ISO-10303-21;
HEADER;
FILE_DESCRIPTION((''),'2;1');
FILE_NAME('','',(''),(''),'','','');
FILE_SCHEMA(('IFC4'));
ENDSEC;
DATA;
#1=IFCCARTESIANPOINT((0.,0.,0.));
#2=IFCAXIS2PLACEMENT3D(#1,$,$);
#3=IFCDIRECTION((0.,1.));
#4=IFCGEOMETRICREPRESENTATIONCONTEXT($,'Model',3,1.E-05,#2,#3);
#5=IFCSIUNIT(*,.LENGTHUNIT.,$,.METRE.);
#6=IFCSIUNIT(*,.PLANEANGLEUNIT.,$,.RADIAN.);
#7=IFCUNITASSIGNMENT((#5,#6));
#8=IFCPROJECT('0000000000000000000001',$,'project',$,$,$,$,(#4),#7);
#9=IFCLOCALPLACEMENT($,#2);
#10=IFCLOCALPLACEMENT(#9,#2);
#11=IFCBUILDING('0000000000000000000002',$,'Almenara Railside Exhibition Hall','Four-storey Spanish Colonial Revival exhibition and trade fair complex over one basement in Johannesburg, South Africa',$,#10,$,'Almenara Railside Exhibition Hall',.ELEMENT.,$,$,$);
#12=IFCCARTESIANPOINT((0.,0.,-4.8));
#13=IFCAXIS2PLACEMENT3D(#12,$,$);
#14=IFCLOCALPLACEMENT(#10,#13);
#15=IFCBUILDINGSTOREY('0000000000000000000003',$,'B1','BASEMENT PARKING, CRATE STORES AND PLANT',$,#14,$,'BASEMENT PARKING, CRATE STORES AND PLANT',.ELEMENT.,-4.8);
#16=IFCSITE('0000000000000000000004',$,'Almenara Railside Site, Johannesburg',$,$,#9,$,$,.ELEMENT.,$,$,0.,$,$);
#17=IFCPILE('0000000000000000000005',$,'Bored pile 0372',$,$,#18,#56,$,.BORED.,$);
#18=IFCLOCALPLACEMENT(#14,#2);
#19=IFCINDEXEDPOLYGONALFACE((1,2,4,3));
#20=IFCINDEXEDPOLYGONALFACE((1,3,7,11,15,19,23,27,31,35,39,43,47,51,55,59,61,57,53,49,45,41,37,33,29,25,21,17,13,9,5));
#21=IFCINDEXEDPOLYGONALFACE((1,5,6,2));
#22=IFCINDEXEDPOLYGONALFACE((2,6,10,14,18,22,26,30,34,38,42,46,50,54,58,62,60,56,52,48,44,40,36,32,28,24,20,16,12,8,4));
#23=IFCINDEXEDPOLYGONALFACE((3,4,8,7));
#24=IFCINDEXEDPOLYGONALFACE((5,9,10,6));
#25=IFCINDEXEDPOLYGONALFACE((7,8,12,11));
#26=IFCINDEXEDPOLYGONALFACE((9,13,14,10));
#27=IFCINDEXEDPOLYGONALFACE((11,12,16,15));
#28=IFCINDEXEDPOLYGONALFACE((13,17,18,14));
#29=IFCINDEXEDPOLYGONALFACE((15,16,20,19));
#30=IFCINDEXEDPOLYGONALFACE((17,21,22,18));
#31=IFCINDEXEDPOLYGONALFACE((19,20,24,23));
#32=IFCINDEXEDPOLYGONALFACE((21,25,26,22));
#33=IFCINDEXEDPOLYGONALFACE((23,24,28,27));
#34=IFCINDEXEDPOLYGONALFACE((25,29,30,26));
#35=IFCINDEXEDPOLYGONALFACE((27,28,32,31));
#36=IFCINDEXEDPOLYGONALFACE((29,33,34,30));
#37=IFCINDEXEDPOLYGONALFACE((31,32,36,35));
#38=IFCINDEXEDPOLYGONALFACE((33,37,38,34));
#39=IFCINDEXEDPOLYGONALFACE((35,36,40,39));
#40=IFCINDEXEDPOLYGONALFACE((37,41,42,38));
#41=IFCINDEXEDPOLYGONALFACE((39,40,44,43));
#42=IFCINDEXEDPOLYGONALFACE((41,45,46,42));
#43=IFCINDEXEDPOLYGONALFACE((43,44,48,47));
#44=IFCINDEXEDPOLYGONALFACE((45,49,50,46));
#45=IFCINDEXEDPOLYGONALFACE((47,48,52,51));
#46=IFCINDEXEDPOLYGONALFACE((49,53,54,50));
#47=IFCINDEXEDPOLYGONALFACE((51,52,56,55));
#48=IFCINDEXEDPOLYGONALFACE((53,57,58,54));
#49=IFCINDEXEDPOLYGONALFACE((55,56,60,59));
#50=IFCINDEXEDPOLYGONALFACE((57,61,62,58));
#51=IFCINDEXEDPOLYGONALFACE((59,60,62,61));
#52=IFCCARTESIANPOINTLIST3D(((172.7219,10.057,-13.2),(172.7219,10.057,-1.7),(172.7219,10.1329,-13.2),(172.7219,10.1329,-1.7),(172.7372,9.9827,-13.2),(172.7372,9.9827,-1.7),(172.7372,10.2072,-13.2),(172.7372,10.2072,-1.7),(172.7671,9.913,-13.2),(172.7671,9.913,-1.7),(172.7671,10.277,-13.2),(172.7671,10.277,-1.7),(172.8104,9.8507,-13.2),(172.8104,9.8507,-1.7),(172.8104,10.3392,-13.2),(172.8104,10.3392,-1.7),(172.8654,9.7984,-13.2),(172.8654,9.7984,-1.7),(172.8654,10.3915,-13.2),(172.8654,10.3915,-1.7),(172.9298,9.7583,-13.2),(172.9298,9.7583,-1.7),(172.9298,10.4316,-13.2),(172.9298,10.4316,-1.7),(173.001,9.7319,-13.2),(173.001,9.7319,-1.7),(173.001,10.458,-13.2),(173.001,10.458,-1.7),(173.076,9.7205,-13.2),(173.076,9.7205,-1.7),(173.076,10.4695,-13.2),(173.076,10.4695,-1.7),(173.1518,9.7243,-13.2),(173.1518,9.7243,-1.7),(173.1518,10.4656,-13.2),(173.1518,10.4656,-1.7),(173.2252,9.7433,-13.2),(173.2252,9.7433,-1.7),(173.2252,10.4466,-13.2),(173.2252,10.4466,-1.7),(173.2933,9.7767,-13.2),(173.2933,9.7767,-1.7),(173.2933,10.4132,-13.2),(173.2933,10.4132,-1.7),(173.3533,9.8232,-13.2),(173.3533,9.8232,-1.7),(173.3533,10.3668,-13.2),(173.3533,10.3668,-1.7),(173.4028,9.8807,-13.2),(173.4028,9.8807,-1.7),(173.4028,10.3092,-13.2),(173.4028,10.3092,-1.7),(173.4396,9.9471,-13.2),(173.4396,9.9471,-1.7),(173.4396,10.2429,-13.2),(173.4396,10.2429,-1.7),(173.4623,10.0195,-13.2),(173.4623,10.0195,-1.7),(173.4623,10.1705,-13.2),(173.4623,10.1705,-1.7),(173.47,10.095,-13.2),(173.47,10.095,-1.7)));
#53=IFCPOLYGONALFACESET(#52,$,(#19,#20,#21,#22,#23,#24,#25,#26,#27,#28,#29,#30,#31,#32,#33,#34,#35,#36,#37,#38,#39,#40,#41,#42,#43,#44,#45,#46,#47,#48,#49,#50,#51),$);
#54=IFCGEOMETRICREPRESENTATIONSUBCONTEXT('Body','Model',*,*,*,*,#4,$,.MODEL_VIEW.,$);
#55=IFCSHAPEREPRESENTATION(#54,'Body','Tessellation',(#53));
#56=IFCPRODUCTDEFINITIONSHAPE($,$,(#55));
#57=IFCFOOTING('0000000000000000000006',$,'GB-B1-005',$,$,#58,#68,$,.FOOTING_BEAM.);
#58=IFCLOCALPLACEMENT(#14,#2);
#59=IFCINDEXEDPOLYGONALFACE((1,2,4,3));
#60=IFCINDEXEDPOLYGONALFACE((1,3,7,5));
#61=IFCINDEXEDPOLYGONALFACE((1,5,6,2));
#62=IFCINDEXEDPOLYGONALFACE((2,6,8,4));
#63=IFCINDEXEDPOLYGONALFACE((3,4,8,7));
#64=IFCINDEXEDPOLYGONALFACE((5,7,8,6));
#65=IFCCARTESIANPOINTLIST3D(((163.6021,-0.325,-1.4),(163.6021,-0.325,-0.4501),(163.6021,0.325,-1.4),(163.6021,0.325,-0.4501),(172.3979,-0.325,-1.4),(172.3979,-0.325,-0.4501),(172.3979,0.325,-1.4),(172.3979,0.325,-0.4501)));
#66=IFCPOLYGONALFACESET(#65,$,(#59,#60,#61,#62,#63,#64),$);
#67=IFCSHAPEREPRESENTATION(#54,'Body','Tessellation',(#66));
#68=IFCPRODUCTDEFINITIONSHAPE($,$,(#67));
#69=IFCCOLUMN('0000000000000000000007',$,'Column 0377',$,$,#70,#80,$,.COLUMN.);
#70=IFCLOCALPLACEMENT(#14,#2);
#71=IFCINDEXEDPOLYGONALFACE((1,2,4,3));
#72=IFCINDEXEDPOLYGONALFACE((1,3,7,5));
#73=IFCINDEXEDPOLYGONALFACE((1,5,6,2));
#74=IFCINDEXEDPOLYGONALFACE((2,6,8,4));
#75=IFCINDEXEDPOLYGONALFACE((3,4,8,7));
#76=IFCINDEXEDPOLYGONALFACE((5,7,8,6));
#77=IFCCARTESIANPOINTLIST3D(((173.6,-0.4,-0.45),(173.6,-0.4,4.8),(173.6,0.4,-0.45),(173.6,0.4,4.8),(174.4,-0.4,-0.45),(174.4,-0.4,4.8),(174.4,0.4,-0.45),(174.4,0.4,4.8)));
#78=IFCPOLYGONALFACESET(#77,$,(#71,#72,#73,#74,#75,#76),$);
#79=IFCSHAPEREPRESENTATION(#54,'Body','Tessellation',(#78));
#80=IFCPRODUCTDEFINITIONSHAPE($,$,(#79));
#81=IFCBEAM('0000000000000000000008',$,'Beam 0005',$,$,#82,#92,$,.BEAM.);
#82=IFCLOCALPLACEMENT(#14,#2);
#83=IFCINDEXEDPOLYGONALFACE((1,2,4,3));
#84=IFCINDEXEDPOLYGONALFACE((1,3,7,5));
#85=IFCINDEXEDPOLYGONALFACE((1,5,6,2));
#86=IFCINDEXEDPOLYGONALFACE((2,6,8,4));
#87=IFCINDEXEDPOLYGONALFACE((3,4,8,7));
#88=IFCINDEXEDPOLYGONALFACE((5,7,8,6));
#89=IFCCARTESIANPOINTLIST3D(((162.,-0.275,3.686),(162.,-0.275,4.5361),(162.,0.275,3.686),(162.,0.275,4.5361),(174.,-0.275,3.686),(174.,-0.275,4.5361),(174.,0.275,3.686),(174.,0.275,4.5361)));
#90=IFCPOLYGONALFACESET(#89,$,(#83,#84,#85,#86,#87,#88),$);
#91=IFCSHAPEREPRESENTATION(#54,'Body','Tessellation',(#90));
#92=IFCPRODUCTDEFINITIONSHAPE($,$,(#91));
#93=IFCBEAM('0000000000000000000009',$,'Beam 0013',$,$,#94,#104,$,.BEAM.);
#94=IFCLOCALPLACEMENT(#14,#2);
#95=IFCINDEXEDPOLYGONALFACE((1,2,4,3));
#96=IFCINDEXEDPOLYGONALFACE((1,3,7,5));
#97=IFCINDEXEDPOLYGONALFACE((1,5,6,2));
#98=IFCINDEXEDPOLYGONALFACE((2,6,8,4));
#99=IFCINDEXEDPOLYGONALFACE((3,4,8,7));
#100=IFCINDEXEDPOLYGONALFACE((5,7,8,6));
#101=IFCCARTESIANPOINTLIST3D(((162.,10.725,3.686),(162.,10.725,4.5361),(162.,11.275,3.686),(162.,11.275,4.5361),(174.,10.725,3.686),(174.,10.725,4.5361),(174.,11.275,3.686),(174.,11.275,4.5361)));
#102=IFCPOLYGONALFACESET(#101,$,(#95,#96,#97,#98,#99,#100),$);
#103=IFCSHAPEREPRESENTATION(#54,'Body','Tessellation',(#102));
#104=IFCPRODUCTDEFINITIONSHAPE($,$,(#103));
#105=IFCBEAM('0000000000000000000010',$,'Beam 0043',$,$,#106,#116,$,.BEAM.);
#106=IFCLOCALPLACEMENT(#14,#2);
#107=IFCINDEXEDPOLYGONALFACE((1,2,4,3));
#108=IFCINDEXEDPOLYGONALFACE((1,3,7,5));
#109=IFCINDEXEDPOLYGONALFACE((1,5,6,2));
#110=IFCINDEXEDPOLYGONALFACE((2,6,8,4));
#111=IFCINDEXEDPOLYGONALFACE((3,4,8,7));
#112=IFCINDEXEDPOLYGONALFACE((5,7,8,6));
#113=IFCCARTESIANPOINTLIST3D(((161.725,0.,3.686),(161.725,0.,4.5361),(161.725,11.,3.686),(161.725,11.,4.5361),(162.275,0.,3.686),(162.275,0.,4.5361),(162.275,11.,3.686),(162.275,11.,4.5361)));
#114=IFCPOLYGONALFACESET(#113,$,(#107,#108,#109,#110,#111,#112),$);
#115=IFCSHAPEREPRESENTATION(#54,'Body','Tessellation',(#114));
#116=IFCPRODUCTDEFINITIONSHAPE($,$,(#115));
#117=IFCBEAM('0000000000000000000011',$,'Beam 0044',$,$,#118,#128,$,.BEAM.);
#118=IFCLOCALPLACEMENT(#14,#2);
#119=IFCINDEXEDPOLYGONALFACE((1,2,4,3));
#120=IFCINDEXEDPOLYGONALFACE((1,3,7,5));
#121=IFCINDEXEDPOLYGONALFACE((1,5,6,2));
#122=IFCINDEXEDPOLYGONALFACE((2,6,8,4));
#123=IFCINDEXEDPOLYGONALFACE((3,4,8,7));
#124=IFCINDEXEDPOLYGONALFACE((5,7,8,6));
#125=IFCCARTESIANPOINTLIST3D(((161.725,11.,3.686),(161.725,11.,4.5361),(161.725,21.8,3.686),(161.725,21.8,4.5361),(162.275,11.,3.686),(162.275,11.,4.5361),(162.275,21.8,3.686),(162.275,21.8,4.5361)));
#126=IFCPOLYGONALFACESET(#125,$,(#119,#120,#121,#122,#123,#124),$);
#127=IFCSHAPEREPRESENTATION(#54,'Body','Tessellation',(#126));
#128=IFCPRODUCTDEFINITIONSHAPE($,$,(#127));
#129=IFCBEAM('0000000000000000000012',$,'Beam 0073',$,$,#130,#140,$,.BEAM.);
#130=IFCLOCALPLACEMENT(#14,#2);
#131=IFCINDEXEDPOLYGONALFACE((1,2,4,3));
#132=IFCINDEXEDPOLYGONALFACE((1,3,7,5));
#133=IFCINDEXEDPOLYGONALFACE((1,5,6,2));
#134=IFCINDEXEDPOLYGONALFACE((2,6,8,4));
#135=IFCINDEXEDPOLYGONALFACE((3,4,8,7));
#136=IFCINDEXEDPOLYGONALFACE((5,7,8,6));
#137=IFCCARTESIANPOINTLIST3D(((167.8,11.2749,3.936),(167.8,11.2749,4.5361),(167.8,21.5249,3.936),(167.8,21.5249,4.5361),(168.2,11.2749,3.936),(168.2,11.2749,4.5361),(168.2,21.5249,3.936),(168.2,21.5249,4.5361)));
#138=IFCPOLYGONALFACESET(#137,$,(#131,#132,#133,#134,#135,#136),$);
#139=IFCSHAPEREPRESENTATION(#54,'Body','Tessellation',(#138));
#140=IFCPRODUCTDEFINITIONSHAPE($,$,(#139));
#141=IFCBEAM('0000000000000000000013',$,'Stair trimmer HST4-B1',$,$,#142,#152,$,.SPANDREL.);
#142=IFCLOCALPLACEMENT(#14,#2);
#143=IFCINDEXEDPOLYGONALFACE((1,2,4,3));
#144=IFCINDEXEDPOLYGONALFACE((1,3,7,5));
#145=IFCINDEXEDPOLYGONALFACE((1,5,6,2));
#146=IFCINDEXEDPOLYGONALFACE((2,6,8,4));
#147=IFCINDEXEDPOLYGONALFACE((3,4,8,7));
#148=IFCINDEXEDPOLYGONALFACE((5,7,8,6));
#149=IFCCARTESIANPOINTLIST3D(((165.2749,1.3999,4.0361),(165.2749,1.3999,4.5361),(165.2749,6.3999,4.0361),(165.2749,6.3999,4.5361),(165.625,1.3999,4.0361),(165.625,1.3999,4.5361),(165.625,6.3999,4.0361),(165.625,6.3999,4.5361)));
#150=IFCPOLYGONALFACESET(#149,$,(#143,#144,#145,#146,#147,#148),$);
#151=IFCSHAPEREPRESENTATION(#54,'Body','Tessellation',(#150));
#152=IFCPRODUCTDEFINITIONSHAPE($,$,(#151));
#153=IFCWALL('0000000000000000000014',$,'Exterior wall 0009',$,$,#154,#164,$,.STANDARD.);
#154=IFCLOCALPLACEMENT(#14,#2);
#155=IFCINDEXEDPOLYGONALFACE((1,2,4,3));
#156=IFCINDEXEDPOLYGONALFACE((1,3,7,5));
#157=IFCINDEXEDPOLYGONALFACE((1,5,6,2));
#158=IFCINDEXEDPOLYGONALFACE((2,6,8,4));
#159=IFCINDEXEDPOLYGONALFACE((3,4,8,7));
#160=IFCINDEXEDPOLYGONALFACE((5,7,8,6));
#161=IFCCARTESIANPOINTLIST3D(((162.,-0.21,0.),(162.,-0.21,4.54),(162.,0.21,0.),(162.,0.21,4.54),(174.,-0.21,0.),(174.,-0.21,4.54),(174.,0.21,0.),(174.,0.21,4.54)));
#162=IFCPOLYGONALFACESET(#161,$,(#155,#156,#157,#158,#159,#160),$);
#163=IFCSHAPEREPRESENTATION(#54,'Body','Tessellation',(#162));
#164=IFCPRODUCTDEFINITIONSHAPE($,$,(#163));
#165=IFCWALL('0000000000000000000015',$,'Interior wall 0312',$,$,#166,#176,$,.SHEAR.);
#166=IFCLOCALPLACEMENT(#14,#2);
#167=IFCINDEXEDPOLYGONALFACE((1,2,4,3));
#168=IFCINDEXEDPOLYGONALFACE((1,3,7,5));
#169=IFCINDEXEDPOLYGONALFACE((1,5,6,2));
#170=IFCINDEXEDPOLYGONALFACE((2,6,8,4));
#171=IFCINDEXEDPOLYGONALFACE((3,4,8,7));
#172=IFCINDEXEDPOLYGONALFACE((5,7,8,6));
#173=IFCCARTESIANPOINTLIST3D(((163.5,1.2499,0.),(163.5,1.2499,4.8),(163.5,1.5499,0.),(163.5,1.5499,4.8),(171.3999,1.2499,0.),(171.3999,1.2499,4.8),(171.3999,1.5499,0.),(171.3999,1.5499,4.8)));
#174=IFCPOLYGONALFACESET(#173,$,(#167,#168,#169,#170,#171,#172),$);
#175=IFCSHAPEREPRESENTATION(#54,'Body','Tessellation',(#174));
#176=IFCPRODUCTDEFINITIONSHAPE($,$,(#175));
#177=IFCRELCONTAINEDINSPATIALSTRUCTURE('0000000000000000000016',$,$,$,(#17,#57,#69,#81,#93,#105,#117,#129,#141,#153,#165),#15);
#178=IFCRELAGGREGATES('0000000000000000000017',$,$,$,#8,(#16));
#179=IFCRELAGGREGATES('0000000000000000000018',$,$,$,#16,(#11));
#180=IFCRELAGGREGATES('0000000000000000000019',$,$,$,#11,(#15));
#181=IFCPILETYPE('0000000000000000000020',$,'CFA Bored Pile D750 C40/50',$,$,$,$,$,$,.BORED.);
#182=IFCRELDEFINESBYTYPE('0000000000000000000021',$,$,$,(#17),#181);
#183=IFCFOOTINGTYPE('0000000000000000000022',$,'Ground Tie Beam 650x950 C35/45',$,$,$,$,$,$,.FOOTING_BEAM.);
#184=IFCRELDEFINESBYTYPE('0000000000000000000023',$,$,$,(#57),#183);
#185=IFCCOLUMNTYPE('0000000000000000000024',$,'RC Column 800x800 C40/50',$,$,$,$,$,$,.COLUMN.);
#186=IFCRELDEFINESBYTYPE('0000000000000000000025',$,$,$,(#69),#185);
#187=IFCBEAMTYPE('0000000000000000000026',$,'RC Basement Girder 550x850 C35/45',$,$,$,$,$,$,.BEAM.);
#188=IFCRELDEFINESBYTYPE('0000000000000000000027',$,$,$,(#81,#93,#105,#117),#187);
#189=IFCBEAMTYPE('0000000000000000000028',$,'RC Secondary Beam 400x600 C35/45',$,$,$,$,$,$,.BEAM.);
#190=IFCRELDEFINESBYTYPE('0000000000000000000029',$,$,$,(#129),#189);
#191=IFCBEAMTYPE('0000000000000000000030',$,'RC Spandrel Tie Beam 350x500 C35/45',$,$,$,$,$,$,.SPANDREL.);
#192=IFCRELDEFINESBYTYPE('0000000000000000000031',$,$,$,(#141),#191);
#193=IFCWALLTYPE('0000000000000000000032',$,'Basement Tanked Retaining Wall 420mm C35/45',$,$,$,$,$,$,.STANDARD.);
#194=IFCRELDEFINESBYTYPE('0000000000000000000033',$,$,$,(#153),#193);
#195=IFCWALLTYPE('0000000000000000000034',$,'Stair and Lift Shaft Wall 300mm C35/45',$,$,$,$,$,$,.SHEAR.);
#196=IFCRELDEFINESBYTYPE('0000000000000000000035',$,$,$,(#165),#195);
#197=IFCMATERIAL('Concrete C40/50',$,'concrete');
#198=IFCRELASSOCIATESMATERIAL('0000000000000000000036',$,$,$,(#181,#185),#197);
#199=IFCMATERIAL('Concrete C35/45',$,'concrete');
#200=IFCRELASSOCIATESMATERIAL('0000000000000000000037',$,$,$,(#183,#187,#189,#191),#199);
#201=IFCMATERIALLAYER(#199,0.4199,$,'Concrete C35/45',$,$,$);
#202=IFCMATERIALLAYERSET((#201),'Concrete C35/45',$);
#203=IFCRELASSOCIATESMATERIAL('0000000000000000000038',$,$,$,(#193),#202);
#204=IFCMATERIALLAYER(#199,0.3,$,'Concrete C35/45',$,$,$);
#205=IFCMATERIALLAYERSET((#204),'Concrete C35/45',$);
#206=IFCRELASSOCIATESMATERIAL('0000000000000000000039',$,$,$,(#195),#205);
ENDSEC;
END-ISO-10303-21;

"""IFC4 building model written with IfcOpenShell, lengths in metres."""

from ifc_helpers import new_model, si_unit, direction, frame, frame_2d, origin, origin_2d, place, context, subcontext, project, spatial, rectangle, circle, extrude, material, layer, layer_set, material_profile, profile_set, type_object, element, save


model = new_model("IFC4")

# Units and contexts
model_context = context("Model", 3, precision=1e-05, world=origin(), true_north=direction((0.0, 1.0)))
body_context = subcontext(model_context, "Body", "Model", "MODEL_VIEW")
ifc_project = project(units=[si_unit("LENGTHUNIT", "METRE"), si_unit("PLANEANGLEUNIT", "RADIAN")], contexts=[model_context])

# Site, building, storey
site_placement = place(None, origin())
site = spatial("IfcSite", under=ifc_project, at=site_placement, Name="Almenara Railside Site, Johannesburg", CompositionType="ELEMENT", RefElevation=0.0)
building_placement = place(site_placement, origin())
building = spatial("IfcBuilding", under=site, at=building_placement, Name="Almenara Railside Exhibition Hall", Description="Four-storey Spanish Colonial Revival exhibition and trade fair complex over one basement in Johannesburg, South Africa", LongName="Almenara Railside Exhibition Hall", CompositionType="ELEMENT")
storey_placement = place(building_placement, frame((0.0, 0.0, -4.8)))
storey = spatial("IfcBuildingStorey", under=building, at=storey_placement, Name="B1", Description="BASEMENT PARKING, CRATE STORES AND PLANT", LongName="BASEMENT PARKING, CRATE STORES AND PLANT", CompositionType="ELEMENT", Elevation=-4.8)

# Pile
ifc_material_1 = material(Name="Concrete C40/50", Category="concrete")
ifc_material_profile_1 = material_profile(ifc_material_1, circle(Radius=0.375, at=origin_2d()), Name="CFA-PILE D750")
ifc_profile_set_1 = profile_set([ifc_material_profile_1], Name="Concrete C40/50")
pile_type = type_object("IfcPileType", Name="CFA Bored Pile D750 C40/50", PredefinedType="BORED", material=ifc_profile_set_1)
for number, where, z_axis, x_axis, name in (
    (1, (173.095, 10.095, -1.7), (0.0, 0.0, -1.0), (1.0, 0.0, 0.0), "Bored pile 0372"),
):
    element("IfcPile", number, at=place(storey_placement, frame(where, z_axis=z_axis, x_axis=x_axis)), inside=storey, type_object=pile_type, Name=name, PredefinedType="BORED", context=body_context, shape_type="SweptSolid", body=[
        extrude(circle(Radius=0.375, at=origin_2d()), origin(), (0.0, 0.0, 1.0), 11.5),
    ])

# Footing
ifc_material_2 = material(Name="Concrete C35/45", Category="concrete")
ifc_material_profile_2 = material_profile(ifc_material_2, rectangle(XDim=0.6499, YDim=0.95, at=origin_2d()), Name="RC-GB 650x950")
ifc_profile_set_2 = profile_set([ifc_material_profile_2], Name="Concrete C35/45")
footing_type = type_object("IfcFootingType", Name="Ground Tie Beam 650x950 C35/45", PredefinedType="FOOTING_BEAM", material=ifc_profile_set_2)
footing_placement = place(storey_placement, frame((163.6021, 0.0, -0.925), z_axis=(1.0, 0.0, 0.0), x_axis=(0.0, 1.0, 0.0)))
element("IfcFooting", 2, at=footing_placement, inside=storey, type_object=footing_type, Name="GB-B1-005", PredefinedType="FOOTING_BEAM", context=body_context, shape_type="SweptSolid", body=[
    extrude(rectangle(XDim=0.6499, YDim=0.95, at=origin_2d()), origin(), (0.0, 0.0, 1.0), 8.7959),
])

# Column
ifc_material_profile_3 = material_profile(ifc_material_1, rectangle(XDim=0.8, YDim=0.8, at=origin_2d()), Name="RC 800x800")
ifc_profile_set_3 = profile_set([ifc_material_profile_3], Name="Concrete C40/50")
column_type = type_object("IfcColumnType", Name="RC Column 800x800 C40/50", PredefinedType="COLUMN", material=ifc_profile_set_3)
column_placement = place(storey_placement, frame((174.0, 0.0, -0.45), z_axis=(0.0, 0.0, 1.0), x_axis=(1.0, 0.0, 0.0)))
element("IfcColumn", 3, at=column_placement, inside=storey, type_object=column_type, Name="Column 0377", PredefinedType="COLUMN", context=body_context, shape_type="SweptSolid", body=[
    extrude(rectangle(XDim=0.8, YDim=0.8, at=origin_2d()), origin(), (0.0, 0.0, 1.0), 5.25),
])

# Beams
ifc_material_profile_4 = material_profile(ifc_material_2, rectangle(XDim=0.55, YDim=0.8501, at=origin_2d()), Name="RC 550x850")
ifc_profile_set_4 = profile_set([ifc_material_profile_4], Name="Concrete C35/45")
beam_type_1 = type_object("IfcBeamType", Name="RC Basement Girder 550x850 C35/45", PredefinedType="BEAM", material=ifc_profile_set_4)
for number, where, z_axis, x_axis, name in (
    (4, (162.0, 0.0, 4.1111), (1.0, 0.0, 0.0), (0.0, 1.0, 0.0), "Beam 0005"),
    (5, (162.0, 11.0, 4.1111), (1.0, 0.0, 0.0), (0.0, 1.0, 0.0), "Beam 0013"),
):
    element("IfcBeam", number, at=place(storey_placement, frame(where, z_axis=z_axis, x_axis=x_axis)), inside=storey, type_object=beam_type_1, Name=name, PredefinedType="BEAM", context=body_context, shape_type="SweptSolid", body=[
        extrude(rectangle(XDim=0.55, YDim=0.8501, at=origin_2d()), origin(), (0.0, 0.0, 1.0), 12.0),
    ])
beam_1_placement = place(storey_placement, frame((162.0, 0.0, 4.1111), z_axis=(0.0, 1.0, 0.0), x_axis=(-1.0, 0.0, 0.0)))
element("IfcBeam", 6, at=beam_1_placement, inside=storey, type_object=beam_type_1, Name="Beam 0043", PredefinedType="BEAM", context=body_context, shape_type="SweptSolid", body=[
    extrude(rectangle(XDim=0.55, YDim=0.8501, at=origin_2d()), origin(), (0.0, 0.0, 1.0), 11.0),
])
beam_2_placement = place(storey_placement, frame((162.0, 11.0, 4.1111), z_axis=(0.0, 1.0, 0.0), x_axis=(-1.0, 0.0, 0.0)))
element("IfcBeam", 7, at=beam_2_placement, inside=storey, type_object=beam_type_1, Name="Beam 0044", PredefinedType="BEAM", context=body_context, shape_type="SweptSolid", body=[
    extrude(rectangle(XDim=0.55, YDim=0.8501, at=origin_2d()), origin(), (0.0, 0.0, 1.0), 10.8),
])
ifc_material_profile_5 = material_profile(ifc_material_2, rectangle(XDim=0.3999, YDim=0.6001, at=origin_2d()), Name="RC 400x600")
ifc_profile_set_5 = profile_set([ifc_material_profile_5], Name="Concrete C35/45")
beam_type_2 = type_object("IfcBeamType", Name="RC Secondary Beam 400x600 C35/45", PredefinedType="BEAM", material=ifc_profile_set_5)
beam_3_placement = place(storey_placement, frame((168.0, 11.2749, 4.2361), z_axis=(0.0, 1.0, 0.0), x_axis=(-1.0, 0.0, 0.0)))
element("IfcBeam", 8, at=beam_3_placement, inside=storey, type_object=beam_type_2, Name="Beam 0073", PredefinedType="BEAM", context=body_context, shape_type="SweptSolid", body=[
    extrude(rectangle(XDim=0.3999, YDim=0.6001, at=origin_2d()), origin(), (0.0, 0.0, 1.0), 10.25),
])
ifc_material_profile_6 = material_profile(ifc_material_2, rectangle(XDim=0.3501, YDim=0.5, at=origin_2d()), Name="RC 350x500")
ifc_profile_set_6 = profile_set([ifc_material_profile_6], Name="Concrete C35/45")
beam_type_3 = type_object("IfcBeamType", Name="RC Spandrel Tie Beam 350x500 C35/45", PredefinedType="SPANDREL", material=ifc_profile_set_6)
beam_4_placement = place(storey_placement, frame((165.45, 1.3999, 4.2861), z_axis=(0.0, 1.0, 0.0), x_axis=(-1.0, 0.0, 0.0)))
element("IfcBeam", 9, at=beam_4_placement, inside=storey, type_object=beam_type_3, Name="Stair trimmer HST4-B1", PredefinedType="SPANDREL", context=body_context, shape_type="SweptSolid", body=[
    extrude(rectangle(XDim=0.3501, YDim=0.5, at=origin_2d()), origin(), (0.0, 0.0, 1.0), 5.0),
])

# Walls
ifc_layer_1 = layer(ifc_material_2, 0.4199, Name="Concrete C35/45")
ifc_layer_set_1 = layer_set([ifc_layer_1], Name="Concrete C35/45")
wall_type_1 = type_object("IfcWallType", Name="Basement Tanked Retaining Wall 420mm C35/45", PredefinedType="STANDARD", material=ifc_layer_set_1)
wall_1_placement = place(storey_placement, frame((162.0, 0.0, 0.0), z_axis=(0.0, 0.0, 1.0), x_axis=(1.0, 0.0, 0.0)))
element("IfcWall", 10, at=wall_1_placement, inside=storey, type_object=wall_type_1, Name="Exterior wall 0009", PredefinedType="STANDARD", context=body_context, shape_type="SweptSolid", body=[
    extrude(rectangle(XDim=12.0, YDim=0.4199, at=frame_2d((6.0, 0.0))), origin(), (0.0, 0.0, 1.0), 4.54),
])
ifc_layer_2 = layer(ifc_material_2, 0.3, Name="Concrete C35/45")
ifc_layer_set_2 = layer_set([ifc_layer_2], Name="Concrete C35/45")
wall_type_2 = type_object("IfcWallType", Name="Stair and Lift Shaft Wall 300mm C35/45", PredefinedType="SHEAR", material=ifc_layer_set_2)
wall_2_placement = place(storey_placement, frame((163.5, 1.3999, 0.0), z_axis=(0.0, 0.0, 1.0), x_axis=(1.0, 0.0, 0.0)))
element("IfcWall", 11, at=wall_2_placement, inside=storey, type_object=wall_type_2, Name="Interior wall 0312", PredefinedType="SHEAR", context=body_context, shape_type="SweptSolid", body=[
    extrude(rectangle(XDim=7.8999, YDim=0.3, at=frame_2d((3.95, 0.0))), origin(), (0.0, 0.0, 1.0), 4.8),
])

save(model, "model.ifc")
